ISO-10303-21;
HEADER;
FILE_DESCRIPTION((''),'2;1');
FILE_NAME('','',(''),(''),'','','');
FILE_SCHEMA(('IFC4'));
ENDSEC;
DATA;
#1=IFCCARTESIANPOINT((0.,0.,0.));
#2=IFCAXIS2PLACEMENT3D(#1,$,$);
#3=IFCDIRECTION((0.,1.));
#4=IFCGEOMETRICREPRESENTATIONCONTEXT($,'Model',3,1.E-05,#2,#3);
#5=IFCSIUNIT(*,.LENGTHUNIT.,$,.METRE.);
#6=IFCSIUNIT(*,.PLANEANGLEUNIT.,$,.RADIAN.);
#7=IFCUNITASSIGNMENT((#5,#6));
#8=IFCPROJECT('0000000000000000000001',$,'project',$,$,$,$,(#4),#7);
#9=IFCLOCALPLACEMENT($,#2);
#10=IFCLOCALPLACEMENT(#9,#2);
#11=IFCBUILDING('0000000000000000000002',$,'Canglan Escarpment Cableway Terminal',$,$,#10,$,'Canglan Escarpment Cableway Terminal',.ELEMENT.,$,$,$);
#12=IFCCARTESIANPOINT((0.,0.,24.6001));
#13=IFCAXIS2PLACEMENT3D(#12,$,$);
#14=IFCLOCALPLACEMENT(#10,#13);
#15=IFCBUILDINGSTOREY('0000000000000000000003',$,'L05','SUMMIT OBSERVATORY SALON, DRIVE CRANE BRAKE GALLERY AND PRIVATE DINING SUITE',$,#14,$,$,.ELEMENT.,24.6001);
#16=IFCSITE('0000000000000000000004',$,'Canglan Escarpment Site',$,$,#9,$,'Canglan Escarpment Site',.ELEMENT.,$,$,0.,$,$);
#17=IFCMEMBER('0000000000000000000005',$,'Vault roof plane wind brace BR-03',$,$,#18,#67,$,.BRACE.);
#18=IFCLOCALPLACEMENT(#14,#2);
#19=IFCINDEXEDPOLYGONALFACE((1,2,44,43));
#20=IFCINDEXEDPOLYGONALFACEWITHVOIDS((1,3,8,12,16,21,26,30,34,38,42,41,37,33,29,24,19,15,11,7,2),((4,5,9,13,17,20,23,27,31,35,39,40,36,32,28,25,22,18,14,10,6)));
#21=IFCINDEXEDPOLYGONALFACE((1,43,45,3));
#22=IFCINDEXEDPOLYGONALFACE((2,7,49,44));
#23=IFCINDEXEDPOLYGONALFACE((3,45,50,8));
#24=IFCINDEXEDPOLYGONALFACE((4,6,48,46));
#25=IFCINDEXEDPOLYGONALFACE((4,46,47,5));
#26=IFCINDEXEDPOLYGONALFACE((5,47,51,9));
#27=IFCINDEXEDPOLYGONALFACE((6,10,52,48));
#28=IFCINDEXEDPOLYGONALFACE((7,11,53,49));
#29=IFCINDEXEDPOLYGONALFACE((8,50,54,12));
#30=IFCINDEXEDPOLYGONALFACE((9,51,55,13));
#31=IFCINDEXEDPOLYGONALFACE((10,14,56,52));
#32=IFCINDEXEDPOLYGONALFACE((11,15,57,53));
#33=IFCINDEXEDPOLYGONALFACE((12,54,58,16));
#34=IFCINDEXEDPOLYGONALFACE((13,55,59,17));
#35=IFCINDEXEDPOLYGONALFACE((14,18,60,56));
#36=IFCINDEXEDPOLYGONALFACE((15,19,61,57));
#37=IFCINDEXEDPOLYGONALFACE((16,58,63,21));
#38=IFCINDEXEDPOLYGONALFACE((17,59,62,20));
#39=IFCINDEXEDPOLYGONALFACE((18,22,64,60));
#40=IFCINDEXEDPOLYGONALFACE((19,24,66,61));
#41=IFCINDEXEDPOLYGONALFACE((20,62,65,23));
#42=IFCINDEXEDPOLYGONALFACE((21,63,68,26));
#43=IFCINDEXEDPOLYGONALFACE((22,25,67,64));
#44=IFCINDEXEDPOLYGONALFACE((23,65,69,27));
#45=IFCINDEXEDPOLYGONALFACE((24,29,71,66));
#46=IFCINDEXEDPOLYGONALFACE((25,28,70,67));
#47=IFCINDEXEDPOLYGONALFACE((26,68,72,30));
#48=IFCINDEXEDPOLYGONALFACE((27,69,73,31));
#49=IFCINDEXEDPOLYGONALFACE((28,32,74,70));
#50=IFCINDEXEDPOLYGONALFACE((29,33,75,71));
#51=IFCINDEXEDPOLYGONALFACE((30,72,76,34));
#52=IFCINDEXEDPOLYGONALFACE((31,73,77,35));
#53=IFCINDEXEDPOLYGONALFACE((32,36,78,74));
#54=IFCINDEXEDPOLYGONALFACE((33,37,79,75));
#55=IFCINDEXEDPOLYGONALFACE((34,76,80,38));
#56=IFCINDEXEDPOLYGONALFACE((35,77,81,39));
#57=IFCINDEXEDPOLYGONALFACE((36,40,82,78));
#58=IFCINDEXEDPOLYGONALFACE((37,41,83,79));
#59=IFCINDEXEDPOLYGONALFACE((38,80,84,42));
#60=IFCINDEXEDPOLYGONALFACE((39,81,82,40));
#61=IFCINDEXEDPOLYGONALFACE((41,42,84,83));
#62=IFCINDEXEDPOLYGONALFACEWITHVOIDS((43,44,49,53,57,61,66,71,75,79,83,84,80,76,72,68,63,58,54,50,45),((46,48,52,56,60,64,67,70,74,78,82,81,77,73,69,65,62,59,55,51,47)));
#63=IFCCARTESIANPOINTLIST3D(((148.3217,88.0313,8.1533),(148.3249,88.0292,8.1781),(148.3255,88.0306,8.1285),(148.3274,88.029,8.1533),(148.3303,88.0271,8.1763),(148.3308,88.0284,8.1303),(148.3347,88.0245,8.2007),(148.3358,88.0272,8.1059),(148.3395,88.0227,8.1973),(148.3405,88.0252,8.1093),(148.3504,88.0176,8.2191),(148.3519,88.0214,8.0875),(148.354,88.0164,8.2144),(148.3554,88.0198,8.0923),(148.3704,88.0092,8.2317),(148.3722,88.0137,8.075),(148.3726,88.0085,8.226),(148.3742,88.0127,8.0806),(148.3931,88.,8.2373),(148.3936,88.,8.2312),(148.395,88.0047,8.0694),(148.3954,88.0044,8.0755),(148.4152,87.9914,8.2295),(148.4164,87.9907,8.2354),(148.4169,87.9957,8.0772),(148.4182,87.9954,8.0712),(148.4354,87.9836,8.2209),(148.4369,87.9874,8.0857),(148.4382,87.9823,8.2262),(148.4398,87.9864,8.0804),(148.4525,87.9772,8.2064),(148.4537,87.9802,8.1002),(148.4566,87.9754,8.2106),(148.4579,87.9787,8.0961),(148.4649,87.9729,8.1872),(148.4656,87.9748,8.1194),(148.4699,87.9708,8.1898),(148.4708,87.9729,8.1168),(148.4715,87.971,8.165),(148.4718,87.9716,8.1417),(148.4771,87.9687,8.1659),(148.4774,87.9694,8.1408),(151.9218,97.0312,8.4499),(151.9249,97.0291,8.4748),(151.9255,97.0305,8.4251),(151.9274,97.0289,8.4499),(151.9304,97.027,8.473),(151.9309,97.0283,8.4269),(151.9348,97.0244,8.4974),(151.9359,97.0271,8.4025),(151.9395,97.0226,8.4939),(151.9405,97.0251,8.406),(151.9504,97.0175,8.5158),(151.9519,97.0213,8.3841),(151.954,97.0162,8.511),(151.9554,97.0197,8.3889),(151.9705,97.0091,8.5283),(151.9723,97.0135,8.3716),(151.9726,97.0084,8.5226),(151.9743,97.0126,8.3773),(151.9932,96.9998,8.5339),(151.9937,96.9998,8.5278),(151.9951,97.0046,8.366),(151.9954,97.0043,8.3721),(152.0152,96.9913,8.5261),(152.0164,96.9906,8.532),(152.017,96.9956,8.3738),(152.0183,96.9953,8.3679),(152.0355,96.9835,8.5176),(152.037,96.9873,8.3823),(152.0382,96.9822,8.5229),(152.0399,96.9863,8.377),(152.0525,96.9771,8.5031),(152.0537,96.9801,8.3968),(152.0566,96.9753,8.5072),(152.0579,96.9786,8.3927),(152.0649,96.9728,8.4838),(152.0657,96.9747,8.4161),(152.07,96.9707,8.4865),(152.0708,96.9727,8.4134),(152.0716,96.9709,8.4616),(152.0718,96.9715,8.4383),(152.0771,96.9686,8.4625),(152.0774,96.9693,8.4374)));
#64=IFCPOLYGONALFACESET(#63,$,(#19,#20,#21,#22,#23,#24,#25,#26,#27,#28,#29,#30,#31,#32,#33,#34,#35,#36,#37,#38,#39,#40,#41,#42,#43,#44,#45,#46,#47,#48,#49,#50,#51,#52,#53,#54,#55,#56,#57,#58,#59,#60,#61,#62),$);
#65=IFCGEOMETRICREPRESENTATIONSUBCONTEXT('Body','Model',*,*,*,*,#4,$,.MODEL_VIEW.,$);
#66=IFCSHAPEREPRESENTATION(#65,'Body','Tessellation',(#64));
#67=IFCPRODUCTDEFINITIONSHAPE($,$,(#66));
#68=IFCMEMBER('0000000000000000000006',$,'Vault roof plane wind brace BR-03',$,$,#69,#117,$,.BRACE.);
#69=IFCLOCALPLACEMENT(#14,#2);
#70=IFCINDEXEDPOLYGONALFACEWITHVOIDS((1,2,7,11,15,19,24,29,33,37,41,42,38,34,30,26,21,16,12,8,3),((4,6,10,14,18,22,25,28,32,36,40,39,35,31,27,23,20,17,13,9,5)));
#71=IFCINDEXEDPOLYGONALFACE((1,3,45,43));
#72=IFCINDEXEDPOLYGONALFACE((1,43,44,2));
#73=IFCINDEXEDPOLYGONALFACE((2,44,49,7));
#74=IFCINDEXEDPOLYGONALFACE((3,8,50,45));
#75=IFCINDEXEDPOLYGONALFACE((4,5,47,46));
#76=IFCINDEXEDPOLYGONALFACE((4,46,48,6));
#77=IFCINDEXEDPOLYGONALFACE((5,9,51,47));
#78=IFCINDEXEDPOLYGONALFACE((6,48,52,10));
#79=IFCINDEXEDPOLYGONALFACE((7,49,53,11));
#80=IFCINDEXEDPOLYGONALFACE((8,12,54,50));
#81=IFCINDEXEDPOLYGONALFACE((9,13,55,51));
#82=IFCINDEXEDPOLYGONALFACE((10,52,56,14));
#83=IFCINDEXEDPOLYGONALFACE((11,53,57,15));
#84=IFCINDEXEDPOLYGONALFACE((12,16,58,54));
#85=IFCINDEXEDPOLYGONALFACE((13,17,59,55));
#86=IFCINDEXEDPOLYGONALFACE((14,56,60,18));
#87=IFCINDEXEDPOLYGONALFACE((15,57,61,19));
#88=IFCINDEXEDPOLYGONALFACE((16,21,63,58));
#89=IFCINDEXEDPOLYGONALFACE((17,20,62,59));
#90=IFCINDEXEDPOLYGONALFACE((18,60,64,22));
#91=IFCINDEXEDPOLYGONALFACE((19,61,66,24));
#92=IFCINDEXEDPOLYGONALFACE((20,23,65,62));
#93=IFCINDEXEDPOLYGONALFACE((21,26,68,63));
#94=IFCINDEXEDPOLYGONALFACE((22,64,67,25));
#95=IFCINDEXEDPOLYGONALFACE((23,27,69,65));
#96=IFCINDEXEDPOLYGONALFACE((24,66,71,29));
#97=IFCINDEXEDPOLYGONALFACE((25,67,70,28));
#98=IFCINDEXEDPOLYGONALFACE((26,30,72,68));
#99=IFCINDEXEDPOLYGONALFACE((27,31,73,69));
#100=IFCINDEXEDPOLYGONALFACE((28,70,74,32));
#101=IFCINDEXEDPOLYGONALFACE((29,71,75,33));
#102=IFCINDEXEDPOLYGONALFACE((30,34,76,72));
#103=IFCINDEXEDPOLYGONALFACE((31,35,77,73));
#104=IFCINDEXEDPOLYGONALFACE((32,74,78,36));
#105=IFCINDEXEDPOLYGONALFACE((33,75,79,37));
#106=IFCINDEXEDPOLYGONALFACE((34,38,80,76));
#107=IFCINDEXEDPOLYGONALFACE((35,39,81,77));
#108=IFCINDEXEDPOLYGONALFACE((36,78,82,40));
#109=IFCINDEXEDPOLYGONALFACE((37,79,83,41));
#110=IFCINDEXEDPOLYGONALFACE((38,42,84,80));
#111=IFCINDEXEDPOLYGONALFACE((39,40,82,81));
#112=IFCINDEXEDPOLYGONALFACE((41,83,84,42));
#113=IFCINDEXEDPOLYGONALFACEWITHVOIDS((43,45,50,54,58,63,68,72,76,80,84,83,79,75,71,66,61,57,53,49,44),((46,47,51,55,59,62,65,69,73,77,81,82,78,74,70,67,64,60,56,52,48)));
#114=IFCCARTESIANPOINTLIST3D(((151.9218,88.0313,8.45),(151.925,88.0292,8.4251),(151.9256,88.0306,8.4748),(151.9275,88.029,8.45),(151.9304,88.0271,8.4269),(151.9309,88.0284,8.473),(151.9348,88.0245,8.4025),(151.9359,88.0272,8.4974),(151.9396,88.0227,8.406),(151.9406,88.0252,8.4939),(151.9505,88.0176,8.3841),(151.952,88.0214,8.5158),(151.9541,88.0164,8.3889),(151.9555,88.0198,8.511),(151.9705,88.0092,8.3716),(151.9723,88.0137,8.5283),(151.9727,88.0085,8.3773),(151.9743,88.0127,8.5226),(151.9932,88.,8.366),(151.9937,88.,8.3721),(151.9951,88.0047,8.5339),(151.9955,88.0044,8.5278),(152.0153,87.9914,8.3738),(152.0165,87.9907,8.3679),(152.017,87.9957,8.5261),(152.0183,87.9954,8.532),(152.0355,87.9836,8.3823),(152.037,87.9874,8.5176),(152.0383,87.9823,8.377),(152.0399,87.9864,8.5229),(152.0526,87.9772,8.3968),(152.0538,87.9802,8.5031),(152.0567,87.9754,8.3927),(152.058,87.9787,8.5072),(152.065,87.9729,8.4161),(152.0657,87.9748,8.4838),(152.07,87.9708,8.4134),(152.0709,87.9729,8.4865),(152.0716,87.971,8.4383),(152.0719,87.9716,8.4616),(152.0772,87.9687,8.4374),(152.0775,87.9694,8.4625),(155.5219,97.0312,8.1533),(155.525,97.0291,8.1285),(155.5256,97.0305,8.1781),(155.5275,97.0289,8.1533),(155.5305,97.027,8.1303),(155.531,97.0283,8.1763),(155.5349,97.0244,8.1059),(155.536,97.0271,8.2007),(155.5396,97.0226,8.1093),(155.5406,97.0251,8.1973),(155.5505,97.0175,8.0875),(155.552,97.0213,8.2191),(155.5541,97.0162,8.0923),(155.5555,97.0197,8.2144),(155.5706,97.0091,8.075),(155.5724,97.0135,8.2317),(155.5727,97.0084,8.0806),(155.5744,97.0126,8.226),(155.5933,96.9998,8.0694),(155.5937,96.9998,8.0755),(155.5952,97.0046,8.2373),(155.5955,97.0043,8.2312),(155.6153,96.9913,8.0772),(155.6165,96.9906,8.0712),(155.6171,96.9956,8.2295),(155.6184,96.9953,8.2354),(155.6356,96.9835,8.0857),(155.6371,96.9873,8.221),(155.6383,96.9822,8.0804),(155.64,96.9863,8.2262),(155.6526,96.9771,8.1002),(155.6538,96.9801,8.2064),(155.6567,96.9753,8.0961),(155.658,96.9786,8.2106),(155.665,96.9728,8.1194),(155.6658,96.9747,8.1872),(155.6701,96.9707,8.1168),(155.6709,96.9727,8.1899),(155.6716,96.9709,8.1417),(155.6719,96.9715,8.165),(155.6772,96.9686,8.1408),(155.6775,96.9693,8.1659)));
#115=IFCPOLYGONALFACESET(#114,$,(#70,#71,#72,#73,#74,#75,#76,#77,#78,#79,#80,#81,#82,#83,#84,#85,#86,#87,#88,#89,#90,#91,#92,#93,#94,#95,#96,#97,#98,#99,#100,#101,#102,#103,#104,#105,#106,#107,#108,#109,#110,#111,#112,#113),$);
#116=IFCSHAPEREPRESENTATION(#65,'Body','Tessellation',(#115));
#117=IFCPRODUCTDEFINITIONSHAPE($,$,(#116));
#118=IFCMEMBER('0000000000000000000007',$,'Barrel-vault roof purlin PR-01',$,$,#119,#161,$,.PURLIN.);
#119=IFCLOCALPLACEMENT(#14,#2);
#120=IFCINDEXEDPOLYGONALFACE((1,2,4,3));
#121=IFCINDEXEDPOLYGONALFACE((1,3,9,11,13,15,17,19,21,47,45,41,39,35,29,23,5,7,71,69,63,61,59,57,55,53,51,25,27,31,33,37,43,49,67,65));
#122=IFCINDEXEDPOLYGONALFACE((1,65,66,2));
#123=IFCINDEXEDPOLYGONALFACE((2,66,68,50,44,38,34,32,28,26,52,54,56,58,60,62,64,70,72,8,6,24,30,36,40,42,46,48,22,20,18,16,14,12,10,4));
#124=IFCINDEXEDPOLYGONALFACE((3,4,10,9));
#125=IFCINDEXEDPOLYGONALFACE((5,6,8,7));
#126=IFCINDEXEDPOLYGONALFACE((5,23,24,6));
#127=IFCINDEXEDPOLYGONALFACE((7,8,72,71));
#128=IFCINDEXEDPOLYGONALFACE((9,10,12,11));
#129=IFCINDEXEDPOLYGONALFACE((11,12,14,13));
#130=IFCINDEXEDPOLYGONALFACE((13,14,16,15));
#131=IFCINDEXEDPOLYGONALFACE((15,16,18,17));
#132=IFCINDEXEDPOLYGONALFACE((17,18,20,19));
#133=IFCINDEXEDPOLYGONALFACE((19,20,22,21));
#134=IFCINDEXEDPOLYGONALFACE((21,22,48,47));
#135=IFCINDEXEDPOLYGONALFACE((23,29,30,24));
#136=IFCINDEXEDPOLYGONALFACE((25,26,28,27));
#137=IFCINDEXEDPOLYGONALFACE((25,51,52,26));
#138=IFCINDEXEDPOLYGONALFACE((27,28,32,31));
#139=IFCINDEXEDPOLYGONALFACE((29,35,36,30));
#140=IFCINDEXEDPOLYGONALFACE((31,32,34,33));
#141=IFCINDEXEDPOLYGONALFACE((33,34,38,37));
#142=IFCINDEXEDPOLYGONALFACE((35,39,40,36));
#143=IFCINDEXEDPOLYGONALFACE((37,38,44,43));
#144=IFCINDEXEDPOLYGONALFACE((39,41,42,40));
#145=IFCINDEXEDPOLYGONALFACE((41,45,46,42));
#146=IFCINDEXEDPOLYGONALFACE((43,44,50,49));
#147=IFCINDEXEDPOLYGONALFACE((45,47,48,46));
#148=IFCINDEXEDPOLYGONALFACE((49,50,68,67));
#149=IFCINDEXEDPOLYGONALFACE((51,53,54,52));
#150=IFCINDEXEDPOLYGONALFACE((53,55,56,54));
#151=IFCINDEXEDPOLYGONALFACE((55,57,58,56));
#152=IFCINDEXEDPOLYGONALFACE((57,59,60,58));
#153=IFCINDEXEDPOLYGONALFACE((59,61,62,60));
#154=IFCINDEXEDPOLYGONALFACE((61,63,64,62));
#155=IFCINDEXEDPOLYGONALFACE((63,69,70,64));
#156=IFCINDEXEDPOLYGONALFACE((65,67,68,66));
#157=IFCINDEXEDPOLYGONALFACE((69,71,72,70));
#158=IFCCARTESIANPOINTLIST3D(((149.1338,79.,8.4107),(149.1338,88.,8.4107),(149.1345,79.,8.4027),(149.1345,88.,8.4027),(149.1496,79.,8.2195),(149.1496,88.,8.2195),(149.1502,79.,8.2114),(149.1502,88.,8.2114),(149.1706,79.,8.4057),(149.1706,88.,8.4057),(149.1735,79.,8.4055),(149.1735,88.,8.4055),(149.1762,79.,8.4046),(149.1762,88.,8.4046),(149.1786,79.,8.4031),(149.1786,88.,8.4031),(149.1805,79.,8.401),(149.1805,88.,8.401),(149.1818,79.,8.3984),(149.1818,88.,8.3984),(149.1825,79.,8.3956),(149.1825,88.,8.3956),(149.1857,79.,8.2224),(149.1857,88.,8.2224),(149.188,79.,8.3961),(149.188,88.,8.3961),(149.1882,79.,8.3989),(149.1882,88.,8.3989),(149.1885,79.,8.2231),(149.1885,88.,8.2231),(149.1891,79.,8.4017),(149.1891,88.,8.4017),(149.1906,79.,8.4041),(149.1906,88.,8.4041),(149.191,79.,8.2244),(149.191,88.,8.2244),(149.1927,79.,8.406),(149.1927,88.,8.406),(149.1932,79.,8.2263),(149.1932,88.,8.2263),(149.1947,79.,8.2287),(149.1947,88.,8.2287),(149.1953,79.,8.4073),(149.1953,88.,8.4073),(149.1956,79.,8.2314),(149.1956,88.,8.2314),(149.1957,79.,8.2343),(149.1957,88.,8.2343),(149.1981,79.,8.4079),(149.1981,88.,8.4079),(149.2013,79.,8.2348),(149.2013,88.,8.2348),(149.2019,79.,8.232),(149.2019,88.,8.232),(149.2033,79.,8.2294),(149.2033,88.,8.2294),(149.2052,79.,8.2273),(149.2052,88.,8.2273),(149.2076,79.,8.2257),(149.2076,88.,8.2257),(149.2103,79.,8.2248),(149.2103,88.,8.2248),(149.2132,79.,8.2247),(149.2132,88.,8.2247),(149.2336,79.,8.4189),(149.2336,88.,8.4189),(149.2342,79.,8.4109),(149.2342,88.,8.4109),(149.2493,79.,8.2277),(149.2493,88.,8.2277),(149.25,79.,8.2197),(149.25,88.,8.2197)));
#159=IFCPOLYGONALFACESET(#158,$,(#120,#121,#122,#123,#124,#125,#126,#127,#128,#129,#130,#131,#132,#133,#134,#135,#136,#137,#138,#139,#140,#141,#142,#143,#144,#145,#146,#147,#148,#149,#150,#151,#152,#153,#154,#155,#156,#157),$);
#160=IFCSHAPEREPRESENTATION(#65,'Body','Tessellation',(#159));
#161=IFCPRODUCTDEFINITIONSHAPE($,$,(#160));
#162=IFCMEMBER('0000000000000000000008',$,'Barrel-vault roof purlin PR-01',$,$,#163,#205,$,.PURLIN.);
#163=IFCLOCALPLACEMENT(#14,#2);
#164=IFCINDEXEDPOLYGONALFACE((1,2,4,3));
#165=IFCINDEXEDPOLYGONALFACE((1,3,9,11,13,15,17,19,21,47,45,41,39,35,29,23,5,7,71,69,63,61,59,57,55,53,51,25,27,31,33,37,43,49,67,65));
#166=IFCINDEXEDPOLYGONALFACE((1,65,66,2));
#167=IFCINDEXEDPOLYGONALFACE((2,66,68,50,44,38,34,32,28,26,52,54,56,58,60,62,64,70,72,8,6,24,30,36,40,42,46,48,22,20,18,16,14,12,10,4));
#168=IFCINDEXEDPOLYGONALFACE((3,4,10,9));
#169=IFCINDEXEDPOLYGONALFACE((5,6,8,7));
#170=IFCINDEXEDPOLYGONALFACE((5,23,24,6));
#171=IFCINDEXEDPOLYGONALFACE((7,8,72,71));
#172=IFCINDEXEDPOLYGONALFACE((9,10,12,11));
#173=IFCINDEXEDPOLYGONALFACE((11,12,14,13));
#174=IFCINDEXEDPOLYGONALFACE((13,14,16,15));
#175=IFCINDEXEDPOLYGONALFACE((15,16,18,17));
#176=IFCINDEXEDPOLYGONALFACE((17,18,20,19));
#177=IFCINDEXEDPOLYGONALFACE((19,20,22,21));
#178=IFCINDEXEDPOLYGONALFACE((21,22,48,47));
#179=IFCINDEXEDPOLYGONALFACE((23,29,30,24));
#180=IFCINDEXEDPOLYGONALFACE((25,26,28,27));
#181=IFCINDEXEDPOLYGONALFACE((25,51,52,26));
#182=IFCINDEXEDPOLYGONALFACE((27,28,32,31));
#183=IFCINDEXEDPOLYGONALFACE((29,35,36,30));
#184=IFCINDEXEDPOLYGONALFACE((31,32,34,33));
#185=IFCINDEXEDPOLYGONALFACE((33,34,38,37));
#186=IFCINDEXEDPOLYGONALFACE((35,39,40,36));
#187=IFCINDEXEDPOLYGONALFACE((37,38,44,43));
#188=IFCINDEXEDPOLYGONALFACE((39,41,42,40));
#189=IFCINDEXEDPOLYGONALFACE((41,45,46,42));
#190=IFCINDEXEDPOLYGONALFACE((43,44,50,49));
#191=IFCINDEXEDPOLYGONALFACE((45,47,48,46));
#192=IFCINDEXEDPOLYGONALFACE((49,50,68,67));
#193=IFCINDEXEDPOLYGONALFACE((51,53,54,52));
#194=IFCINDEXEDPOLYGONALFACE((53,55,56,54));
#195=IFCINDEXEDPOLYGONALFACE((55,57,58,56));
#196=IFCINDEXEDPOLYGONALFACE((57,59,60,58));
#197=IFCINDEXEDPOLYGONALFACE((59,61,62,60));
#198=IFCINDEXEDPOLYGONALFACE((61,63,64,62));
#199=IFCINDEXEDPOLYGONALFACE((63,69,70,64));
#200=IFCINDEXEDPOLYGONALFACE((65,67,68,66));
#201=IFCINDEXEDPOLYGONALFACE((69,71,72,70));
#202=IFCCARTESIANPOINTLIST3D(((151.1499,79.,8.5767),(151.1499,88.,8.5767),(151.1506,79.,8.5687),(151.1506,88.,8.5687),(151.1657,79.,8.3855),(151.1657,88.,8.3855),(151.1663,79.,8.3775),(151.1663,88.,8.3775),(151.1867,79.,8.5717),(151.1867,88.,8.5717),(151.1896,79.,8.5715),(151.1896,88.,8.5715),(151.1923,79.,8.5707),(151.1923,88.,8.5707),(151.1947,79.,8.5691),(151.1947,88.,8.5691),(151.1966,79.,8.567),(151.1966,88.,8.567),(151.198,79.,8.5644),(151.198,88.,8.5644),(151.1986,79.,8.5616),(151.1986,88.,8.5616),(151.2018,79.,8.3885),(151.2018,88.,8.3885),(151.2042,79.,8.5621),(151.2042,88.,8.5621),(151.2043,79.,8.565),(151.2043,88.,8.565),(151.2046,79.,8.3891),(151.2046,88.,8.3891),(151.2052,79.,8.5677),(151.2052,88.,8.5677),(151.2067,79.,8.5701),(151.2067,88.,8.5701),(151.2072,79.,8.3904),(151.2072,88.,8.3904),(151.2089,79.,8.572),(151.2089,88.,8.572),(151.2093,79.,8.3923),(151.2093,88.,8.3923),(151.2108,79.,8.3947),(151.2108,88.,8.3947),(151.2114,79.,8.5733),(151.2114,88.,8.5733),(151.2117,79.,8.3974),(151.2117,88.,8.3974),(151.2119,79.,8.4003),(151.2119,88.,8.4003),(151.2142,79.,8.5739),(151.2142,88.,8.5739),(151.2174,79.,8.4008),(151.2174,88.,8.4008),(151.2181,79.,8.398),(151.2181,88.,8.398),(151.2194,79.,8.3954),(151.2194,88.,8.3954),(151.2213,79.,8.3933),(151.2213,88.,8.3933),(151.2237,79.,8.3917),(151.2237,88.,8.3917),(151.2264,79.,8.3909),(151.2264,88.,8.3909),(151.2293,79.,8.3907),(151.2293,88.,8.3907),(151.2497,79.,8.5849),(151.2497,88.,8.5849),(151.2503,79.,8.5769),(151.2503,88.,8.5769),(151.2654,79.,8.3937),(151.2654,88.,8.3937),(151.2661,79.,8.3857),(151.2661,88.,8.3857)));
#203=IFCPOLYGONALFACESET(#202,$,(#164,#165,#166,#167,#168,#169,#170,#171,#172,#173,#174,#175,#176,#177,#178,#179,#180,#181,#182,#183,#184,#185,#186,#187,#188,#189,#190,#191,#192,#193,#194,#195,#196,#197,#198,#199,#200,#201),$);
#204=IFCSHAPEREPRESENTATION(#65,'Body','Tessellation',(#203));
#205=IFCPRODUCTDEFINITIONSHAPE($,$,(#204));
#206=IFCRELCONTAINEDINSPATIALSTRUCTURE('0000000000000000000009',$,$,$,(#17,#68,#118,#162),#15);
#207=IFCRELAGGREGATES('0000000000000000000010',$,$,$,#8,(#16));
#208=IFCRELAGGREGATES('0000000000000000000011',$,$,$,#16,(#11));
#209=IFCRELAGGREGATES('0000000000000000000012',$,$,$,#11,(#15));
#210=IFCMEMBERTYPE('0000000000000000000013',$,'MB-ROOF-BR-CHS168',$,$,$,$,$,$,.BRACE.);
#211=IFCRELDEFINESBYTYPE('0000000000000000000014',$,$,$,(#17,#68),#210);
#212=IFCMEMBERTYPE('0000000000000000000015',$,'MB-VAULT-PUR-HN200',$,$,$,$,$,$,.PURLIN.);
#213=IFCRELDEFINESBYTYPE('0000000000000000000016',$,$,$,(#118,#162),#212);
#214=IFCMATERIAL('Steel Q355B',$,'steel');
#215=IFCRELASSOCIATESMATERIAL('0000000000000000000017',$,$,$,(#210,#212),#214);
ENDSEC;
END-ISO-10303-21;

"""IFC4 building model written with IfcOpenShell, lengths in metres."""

from ifc_helpers import new_model, si_unit, direction, frame, origin, origin_2d, place, context, subcontext, project, spatial, hollow_circle, i_section, extrude, material, material_profile, profile_set, type_object, element, save


model = new_model("IFC4")

# Units and contexts
model_context = context("Model", 3, precision=1e-05, world=origin(), true_north=direction((0.0, 1.0)))
body_context = subcontext(model_context, "Body", "Model", "MODEL_VIEW")
ifc_project = project(units=[si_unit("LENGTHUNIT", "METRE"), si_unit("PLANEANGLEUNIT", "RADIAN")], contexts=[model_context])

# Site, building, storey
site_placement = place(None, origin())
site = spatial("IfcSite", under=ifc_project, at=site_placement, Name="Canglan Escarpment Site", LongName="Canglan Escarpment Site", CompositionType="ELEMENT", RefElevation=0.0)
building_placement = place(site_placement, origin())
building = spatial("IfcBuilding", under=site, at=building_placement, Name="Canglan Escarpment Cableway Terminal", LongName="Canglan Escarpment Cableway Terminal", CompositionType="ELEMENT")
storey_placement = place(building_placement, frame((0.0, 0.0, 24.6001)))
storey = spatial("IfcBuildingStorey", under=building, at=storey_placement, Name="L05", Description="SUMMIT OBSERVATORY SALON, DRIVE CRANE BRAKE GALLERY AND PRIVATE DINING SUITE", CompositionType="ELEMENT", Elevation=24.6001)

# Shared definitions
ifc_material = material(Name="Steel Q355B", Category="steel")

# Members
ifc_material_profile_1 = material_profile(ifc_material, hollow_circle(Radius=0.0842, WallThickness=0.0061, at=origin_2d()), Name="CHS 168.3x6")
ifc_profile_set_1 = profile_set([ifc_material_profile_1], Name="Steel Q355B")
member_type_1 = type_object("IfcMemberType", Name="MB-ROOF-BR-CHS168", PredefinedType="BRACE", material=ifc_profile_set_1)
for number, where, z_axis, x_axis, name in (
    (1, (148.3999, 88.0, 8.1533), (0.371226, 0.928039, 0.030587), (-0.928473, 0.371399, 0.0), "Vault roof plane wind brace BR-03"),
    (2, (152.0, 88.0, 8.45), (0.371226, 0.928039, -0.030587), (-0.928473, 0.371399, 0.0), "Vault roof plane wind brace BR-03"),
):
    element("IfcMember", number, at=place(storey_placement, frame(where, z_axis=z_axis, x_axis=x_axis)), inside=storey, type_object=member_type_1, Name=name, PredefinedType="BRACE", context=body_context, shape_type="SweptSolid", body=[
        extrude(hollow_circle(Radius=0.0842, WallThickness=0.0061, at=origin_2d()), origin(), (0.0, 0.0, 1.0), 9.6978),
    ])
ifc_material_profile_2 = material_profile(ifc_material, i_section(OverallWidth=0.1001, OverallDepth=0.2, WebThickness=0.0056, FlangeThickness=0.0081, FilletRadius=0.011, at=origin_2d()), Name="HN 200x100x5.5x8")
ifc_profile_set_2 = profile_set([ifc_material_profile_2], Name="Steel Q355B")
member_type_2 = type_object("IfcMemberType", Name="MB-VAULT-PUR-HN200", PredefinedType="PURLIN", material=ifc_profile_set_2)
for number, where, z_axis, x_axis, name in (
    (3, (149.1919, 79.0, 8.3152), (0.0, 1.0, 0.0), (-0.996626, 0.0, -0.082078), "Barrel-vault roof purlin PR-01"),
    (4, (151.208, 79.0, 8.4812), (0.0, 1.0, 0.0), (-0.996626, 0.0, -0.082078), "Barrel-vault roof purlin PR-01"),
):
    element("IfcMember", number, at=place(storey_placement, frame(where, z_axis=z_axis, x_axis=x_axis)), inside=storey, type_object=member_type_2, Name=name, PredefinedType="PURLIN", context=body_context, shape_type="SweptSolid", body=[
        extrude(i_section(OverallWidth=0.1001, OverallDepth=0.2, WebThickness=0.0056, FlangeThickness=0.0081, FilletRadius=0.011, at=origin_2d()), origin(), (0.0, 0.0, 1.0), 9.0),
    ])

save(model, "model.ifc")
